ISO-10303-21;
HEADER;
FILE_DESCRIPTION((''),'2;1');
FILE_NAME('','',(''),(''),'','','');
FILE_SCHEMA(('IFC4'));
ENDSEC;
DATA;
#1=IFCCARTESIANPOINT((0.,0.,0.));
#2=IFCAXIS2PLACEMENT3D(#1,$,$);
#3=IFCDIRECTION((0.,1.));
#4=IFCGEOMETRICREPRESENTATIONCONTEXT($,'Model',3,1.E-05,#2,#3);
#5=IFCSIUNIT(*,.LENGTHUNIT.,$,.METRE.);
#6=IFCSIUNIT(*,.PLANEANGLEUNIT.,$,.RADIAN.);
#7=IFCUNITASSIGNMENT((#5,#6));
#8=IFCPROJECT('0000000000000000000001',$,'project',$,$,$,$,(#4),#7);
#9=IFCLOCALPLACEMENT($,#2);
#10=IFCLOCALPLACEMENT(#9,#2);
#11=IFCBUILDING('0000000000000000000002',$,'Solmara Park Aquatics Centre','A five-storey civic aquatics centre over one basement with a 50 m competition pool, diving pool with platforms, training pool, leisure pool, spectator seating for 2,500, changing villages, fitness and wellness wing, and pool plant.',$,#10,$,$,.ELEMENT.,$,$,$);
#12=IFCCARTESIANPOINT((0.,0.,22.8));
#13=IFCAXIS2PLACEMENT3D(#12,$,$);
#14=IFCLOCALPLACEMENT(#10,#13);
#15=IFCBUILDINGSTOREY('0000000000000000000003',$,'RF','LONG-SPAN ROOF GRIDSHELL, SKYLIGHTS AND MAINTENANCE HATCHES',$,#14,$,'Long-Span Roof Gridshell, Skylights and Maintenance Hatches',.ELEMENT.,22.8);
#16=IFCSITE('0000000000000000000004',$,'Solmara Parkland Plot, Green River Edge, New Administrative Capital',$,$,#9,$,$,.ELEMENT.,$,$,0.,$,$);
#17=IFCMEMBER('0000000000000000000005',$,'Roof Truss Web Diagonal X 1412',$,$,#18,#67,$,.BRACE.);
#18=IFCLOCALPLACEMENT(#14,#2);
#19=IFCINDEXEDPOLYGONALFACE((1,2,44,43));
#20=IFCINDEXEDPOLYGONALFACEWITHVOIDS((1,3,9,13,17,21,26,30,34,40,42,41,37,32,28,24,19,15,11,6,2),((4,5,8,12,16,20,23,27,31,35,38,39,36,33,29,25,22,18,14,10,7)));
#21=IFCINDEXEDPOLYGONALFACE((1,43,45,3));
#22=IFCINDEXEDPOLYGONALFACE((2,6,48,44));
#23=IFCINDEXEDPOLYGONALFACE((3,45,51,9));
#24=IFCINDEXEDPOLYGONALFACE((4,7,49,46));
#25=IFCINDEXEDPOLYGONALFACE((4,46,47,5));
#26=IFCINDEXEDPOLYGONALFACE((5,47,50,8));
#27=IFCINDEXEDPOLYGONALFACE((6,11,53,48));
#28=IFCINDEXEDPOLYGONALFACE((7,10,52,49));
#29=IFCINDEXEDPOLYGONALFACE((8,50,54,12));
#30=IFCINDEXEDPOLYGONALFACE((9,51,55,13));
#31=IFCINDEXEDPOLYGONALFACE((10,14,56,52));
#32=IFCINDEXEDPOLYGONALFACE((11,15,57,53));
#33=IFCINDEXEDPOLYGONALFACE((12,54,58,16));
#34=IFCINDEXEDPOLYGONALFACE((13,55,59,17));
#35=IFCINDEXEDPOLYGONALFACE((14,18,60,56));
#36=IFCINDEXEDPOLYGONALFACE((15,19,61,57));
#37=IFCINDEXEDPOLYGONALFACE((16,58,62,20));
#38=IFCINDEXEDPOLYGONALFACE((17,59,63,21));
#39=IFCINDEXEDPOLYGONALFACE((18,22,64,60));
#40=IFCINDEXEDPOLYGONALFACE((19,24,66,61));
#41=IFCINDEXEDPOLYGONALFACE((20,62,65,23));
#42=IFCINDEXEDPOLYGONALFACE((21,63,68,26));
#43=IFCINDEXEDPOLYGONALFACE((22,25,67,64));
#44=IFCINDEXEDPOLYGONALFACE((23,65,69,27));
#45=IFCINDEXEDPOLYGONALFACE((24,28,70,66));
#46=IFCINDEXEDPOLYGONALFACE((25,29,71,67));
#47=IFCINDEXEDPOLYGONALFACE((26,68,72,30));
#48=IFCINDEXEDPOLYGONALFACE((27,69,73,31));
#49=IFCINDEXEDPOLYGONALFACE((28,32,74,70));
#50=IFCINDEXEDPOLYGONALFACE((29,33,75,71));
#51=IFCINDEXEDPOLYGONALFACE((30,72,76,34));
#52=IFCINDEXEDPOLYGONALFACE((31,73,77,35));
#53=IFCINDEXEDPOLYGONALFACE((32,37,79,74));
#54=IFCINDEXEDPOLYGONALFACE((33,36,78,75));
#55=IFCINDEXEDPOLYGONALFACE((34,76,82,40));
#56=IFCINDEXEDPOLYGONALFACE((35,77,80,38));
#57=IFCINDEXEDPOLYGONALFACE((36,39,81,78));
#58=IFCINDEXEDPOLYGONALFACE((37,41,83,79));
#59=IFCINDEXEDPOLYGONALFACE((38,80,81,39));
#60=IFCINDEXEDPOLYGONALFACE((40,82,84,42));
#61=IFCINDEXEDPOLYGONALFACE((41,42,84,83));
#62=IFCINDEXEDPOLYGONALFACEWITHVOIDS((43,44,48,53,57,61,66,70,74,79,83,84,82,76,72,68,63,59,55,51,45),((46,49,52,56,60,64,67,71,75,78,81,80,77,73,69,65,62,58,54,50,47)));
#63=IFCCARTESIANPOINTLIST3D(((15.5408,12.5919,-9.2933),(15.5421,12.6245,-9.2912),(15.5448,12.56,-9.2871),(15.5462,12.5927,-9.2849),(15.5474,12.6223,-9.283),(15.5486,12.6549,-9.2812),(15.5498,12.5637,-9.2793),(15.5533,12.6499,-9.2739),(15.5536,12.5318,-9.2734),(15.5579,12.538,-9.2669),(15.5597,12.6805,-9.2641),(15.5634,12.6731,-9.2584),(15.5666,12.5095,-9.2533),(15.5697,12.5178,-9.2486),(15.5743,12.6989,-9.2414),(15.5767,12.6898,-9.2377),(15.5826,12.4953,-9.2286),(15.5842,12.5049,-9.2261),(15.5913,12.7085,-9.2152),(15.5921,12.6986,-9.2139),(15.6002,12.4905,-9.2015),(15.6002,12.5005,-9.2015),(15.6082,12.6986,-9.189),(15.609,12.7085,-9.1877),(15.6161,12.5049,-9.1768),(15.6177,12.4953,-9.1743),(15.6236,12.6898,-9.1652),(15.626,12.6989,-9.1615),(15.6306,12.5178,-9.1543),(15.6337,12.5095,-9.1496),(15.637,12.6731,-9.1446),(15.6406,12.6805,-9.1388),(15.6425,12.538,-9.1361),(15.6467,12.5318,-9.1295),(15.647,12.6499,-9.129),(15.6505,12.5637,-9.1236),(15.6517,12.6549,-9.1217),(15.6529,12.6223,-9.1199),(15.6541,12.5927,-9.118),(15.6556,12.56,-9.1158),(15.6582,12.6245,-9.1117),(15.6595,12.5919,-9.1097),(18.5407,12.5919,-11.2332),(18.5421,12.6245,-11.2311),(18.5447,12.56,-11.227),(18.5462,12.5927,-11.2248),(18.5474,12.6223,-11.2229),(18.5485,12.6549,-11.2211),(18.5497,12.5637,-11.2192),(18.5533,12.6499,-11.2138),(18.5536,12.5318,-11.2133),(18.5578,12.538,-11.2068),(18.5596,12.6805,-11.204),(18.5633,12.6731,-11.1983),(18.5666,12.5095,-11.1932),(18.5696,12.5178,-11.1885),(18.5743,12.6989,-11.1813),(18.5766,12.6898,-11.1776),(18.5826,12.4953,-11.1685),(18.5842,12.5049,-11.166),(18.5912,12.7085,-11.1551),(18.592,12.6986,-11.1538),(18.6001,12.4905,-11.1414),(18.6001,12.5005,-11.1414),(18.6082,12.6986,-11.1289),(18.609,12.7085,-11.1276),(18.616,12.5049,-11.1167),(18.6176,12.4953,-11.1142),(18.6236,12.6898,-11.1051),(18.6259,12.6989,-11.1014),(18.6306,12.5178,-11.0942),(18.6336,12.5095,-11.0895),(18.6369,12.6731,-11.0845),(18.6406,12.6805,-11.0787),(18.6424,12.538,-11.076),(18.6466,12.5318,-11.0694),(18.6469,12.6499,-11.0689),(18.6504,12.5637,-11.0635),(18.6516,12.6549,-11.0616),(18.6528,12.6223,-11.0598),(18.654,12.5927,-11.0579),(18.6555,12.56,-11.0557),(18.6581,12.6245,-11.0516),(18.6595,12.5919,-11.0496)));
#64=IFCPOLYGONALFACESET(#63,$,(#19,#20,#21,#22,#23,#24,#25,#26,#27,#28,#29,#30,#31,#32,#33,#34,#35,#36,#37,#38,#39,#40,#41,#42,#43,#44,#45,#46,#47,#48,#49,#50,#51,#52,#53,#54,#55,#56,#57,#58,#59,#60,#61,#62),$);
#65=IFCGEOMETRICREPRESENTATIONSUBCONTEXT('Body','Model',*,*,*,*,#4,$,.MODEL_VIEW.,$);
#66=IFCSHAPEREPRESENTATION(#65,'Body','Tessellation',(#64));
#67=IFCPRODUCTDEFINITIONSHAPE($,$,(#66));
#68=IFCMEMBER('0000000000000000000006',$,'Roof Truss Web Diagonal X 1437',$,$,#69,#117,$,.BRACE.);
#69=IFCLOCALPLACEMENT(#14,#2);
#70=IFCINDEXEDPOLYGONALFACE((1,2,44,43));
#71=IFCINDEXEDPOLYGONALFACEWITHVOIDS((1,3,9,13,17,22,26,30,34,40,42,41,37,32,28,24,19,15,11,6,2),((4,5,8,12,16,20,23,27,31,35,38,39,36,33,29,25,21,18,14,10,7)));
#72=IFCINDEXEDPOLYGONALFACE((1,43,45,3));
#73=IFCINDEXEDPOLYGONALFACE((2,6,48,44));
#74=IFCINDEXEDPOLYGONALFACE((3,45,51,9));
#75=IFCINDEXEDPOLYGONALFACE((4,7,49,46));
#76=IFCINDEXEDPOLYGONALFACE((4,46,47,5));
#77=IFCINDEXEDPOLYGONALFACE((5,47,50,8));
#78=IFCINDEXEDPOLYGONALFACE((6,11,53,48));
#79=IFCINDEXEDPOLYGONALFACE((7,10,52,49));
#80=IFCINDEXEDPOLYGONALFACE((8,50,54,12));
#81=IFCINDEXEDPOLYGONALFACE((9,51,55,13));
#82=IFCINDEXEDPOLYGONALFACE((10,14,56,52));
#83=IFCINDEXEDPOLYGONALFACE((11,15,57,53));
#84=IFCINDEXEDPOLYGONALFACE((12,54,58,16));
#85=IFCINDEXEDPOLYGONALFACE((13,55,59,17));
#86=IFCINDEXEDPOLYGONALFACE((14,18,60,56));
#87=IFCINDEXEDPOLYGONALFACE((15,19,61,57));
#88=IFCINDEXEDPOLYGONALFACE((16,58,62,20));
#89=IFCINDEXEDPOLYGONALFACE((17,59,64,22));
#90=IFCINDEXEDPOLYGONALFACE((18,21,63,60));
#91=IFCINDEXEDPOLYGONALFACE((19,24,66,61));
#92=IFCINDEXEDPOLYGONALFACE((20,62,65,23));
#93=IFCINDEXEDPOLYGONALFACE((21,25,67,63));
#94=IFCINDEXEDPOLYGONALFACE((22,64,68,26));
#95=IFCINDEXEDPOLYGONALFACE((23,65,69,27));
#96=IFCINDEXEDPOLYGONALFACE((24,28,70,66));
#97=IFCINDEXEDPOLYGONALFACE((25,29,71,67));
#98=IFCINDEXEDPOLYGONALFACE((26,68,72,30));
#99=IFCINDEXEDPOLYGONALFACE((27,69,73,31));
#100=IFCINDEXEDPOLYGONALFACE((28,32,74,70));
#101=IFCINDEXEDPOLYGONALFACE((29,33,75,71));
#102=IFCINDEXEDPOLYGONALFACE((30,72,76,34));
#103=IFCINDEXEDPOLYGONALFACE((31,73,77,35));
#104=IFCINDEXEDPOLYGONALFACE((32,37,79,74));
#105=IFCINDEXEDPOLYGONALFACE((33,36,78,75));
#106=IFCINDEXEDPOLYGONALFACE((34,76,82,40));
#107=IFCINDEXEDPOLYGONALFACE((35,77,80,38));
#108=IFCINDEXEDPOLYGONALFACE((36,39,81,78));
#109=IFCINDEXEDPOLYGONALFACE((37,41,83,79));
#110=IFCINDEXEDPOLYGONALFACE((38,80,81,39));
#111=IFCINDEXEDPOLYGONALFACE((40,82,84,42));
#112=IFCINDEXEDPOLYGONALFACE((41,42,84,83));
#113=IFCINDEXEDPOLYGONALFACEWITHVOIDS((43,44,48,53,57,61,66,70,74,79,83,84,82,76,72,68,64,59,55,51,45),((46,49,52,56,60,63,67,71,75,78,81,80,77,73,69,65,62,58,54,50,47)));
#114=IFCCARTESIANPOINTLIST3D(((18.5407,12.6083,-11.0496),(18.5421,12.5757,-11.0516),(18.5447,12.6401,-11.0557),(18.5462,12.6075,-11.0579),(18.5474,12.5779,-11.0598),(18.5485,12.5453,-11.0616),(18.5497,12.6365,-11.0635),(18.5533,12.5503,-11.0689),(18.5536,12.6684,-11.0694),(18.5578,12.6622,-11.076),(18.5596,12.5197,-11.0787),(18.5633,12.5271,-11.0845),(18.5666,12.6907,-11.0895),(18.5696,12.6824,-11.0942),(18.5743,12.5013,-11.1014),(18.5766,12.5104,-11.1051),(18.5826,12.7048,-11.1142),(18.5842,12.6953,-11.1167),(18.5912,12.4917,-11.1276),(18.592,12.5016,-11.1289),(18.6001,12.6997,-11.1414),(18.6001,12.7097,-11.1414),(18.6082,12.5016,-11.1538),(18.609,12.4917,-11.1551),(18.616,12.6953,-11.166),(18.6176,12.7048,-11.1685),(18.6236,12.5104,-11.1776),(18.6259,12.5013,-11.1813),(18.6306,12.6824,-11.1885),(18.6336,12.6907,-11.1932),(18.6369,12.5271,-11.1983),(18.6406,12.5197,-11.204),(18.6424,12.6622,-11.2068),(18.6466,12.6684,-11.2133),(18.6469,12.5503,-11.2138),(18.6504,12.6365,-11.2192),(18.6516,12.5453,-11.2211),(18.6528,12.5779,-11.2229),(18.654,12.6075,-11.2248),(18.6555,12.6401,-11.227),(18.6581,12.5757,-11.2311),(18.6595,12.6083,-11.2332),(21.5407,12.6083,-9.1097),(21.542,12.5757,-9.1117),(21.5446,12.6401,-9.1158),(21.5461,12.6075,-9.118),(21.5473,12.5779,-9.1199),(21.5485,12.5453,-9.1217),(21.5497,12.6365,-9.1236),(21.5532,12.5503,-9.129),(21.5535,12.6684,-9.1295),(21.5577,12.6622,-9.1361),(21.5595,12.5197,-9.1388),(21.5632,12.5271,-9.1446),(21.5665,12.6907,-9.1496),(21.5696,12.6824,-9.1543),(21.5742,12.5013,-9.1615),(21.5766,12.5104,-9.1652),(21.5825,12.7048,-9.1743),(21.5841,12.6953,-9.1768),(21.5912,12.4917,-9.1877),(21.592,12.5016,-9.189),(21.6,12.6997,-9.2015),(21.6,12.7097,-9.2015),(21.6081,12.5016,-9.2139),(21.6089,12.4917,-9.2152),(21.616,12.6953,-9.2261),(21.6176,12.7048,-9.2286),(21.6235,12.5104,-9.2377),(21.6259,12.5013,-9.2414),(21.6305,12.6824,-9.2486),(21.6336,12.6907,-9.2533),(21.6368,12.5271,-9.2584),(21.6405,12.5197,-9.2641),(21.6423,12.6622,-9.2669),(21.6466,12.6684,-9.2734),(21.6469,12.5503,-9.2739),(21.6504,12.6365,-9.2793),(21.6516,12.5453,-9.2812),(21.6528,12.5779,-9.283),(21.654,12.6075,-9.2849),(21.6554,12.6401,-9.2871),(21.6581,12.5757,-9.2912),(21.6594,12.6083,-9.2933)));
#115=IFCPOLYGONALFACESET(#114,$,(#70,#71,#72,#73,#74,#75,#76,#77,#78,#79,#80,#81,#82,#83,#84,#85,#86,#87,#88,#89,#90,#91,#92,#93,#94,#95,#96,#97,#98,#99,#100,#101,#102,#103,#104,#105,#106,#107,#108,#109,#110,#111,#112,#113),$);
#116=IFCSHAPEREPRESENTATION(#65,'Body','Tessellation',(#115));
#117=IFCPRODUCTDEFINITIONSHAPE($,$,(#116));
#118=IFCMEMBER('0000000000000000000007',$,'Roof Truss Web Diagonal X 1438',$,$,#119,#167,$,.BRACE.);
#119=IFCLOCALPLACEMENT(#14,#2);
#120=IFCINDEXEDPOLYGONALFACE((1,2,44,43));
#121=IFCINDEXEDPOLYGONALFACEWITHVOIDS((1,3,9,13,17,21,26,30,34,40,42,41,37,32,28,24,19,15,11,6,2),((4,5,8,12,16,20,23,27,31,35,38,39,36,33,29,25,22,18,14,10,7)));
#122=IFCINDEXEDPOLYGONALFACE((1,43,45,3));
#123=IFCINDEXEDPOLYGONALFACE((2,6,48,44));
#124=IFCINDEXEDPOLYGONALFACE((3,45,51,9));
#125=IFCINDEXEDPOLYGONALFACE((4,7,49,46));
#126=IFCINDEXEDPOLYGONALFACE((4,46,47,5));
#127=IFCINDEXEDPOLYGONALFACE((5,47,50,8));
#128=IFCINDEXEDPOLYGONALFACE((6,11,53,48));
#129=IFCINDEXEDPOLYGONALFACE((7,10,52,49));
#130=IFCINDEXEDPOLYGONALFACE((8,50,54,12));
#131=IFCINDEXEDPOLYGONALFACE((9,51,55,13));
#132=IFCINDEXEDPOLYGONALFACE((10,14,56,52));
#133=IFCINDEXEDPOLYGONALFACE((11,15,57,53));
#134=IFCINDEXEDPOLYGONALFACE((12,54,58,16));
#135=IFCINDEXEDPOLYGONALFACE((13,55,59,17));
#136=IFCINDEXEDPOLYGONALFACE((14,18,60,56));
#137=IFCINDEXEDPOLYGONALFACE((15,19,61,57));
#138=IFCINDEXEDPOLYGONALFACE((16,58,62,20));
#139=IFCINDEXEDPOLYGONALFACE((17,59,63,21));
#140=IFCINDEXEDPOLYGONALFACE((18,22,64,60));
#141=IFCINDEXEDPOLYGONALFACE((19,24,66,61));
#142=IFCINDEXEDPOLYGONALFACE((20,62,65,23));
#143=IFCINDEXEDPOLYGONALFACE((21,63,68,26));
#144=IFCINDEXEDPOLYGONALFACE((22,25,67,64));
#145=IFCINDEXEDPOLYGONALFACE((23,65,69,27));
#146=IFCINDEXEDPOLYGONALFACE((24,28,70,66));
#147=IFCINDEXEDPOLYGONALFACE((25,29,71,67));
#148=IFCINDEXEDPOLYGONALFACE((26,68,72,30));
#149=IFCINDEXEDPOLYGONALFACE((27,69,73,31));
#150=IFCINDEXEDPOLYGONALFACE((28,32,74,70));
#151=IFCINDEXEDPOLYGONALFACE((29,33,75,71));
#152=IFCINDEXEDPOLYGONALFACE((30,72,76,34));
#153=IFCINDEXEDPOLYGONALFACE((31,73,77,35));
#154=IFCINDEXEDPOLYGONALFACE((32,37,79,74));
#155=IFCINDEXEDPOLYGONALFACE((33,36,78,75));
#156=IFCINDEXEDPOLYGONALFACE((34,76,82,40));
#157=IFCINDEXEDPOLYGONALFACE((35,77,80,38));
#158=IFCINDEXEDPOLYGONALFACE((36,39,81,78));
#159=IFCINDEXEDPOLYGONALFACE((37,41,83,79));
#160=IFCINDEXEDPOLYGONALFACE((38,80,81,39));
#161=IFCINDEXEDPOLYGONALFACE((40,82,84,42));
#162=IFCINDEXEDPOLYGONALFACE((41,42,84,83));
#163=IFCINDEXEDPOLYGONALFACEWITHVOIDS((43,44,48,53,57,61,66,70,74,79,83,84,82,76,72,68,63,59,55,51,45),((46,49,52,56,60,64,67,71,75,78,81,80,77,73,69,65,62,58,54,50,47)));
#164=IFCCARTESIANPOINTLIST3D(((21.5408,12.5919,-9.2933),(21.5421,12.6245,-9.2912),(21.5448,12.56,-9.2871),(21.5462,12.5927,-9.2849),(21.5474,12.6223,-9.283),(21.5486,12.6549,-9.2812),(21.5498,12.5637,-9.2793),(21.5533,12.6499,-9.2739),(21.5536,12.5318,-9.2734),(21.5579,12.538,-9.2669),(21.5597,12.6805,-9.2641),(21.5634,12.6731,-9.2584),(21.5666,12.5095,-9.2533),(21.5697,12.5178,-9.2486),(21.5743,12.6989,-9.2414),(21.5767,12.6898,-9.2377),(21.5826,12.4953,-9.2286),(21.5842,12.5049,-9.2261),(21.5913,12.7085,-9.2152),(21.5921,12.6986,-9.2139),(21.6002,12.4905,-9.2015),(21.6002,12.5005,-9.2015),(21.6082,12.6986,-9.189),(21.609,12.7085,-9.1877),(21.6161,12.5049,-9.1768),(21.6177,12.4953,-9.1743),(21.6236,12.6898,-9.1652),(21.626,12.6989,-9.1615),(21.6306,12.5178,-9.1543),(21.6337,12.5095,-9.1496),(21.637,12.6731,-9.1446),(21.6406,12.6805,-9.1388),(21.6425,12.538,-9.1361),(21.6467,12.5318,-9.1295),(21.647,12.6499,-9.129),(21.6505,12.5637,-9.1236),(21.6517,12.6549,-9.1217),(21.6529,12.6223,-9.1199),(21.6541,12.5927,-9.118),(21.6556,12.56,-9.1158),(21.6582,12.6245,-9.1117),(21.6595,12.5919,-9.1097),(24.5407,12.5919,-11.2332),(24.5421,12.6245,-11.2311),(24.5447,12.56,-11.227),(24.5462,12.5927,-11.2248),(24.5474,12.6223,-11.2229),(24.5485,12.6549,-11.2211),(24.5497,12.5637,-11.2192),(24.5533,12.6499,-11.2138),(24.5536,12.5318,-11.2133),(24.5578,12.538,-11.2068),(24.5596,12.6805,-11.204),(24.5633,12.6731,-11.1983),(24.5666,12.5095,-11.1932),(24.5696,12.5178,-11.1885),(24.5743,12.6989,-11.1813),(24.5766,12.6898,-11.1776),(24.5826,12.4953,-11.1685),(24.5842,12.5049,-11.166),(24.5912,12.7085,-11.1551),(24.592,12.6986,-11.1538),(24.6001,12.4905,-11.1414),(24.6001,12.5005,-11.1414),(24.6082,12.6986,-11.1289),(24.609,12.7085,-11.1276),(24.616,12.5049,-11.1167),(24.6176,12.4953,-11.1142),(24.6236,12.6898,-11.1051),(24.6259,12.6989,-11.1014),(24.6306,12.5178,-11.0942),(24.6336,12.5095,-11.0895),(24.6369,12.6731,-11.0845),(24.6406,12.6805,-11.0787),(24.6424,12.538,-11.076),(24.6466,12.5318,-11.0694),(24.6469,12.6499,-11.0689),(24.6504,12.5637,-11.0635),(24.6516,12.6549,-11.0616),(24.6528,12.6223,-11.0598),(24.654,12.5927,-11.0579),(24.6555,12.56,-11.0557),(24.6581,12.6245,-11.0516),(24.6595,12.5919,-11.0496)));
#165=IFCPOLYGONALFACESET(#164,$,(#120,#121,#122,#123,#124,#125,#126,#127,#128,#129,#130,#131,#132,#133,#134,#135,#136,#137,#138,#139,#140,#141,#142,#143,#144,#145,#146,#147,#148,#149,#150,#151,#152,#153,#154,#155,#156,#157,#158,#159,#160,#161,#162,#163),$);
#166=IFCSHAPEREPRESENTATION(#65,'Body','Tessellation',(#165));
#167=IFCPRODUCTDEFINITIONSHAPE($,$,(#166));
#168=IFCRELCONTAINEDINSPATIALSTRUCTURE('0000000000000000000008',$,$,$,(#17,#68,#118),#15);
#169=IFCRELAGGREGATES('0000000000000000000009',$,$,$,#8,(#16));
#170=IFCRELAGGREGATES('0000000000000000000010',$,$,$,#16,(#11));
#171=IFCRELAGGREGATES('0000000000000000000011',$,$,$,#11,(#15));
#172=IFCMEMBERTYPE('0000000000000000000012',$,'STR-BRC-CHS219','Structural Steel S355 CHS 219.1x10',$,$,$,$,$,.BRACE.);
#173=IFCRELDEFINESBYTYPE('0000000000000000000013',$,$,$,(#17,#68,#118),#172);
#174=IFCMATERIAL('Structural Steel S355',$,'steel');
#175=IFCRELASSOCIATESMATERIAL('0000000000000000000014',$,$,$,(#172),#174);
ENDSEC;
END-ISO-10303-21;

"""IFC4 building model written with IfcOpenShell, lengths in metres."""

from ifc_helpers import new_model, si_unit, direction, frame, origin, origin_2d, place, context, subcontext, project, spatial, hollow_circle, extrude, material, material_profile, profile_set, type_object, element, save


model = new_model("IFC4")

# Units and contexts
model_context = context("Model", 3, precision=1e-05, world=origin(), true_north=direction((0.0, 1.0)))
body_context = subcontext(model_context, "Body", "Model", "MODEL_VIEW")
ifc_project = project(units=[si_unit("LENGTHUNIT", "METRE"), si_unit("PLANEANGLEUNIT", "RADIAN")], contexts=[model_context])

# Site, building, storey
site_placement = place(None, origin())
site = spatial("IfcSite", under=ifc_project, at=site_placement, Name="Solmara Parkland Plot, Green River Edge, New Administrative Capital", CompositionType="ELEMENT", RefElevation=0.0)
building_placement = place(site_placement, origin())
building = spatial("IfcBuilding", under=site, at=building_placement, Name="Solmara Park Aquatics Centre", Description="A five-storey civic aquatics centre over one basement with a 50 m competition pool, diving pool with platforms, training pool, leisure pool, spectator seating for 2,500, changing villages, fitness and wellness wing, and pool plant.", CompositionType="ELEMENT")
storey_placement = place(building_placement, frame((0.0, 0.0, 22.8)))
storey = spatial("IfcBuildingStorey", under=building, at=storey_placement, Name="RF", Description="LONG-SPAN ROOF GRIDSHELL, SKYLIGHTS AND MAINTENANCE HATCHES", LongName="Long-Span Roof Gridshell, Skylights and Maintenance Hatches", CompositionType="ELEMENT", Elevation=22.8)

# Members
ifc_material_1 = material(Name="Structural Steel S355", Category="steel")
ifc_material_profile_1 = material_profile(ifc_material_1, hollow_circle(Radius=0.1096, WallThickness=0.01, at=origin_2d()), Name="CHS 219.1x10")
ifc_profile_set_1 = profile_set([ifc_material_profile_1], Name="Structural Steel S355")
member_type_1 = type_object("IfcMemberType", Name="STR-BRC-CHS219", Description="Structural Steel S355 CHS 219.1x10", PredefinedType="BRACE", material=ifc_profile_set_1)
for number, where, z_axis, x_axis, name in (
    (1, (18.6001, 12.6001, -11.1414), (-0.839728, 0.0, 0.543008), (0.0, -1.0, 0.0), "Roof Truss Web Diagonal X 1412"),
    (2, (18.6001, 12.6001, -11.1414), (0.839728, 0.0, 0.543008), (0.0, 1.0, 0.0), "Roof Truss Web Diagonal X 1437"),
    (3, (24.6001, 12.6001, -11.1414), (-0.839728, 0.0, 0.543008), (0.0, -1.0, 0.0), "Roof Truss Web Diagonal X 1438"),
):
    element("IfcMember", number, at=place(storey_placement, frame(where, z_axis=z_axis, x_axis=x_axis)), inside=storey, type_object=member_type_1, Name=name, PredefinedType="BRACE", context=body_context, shape_type="SweptSolid", body=[
        extrude(hollow_circle(Radius=0.1096, WallThickness=0.01, at=origin_2d()), origin(), (0.0, 0.0, 1.0), 3.5725),
    ])

save(model, "model.ifc")
